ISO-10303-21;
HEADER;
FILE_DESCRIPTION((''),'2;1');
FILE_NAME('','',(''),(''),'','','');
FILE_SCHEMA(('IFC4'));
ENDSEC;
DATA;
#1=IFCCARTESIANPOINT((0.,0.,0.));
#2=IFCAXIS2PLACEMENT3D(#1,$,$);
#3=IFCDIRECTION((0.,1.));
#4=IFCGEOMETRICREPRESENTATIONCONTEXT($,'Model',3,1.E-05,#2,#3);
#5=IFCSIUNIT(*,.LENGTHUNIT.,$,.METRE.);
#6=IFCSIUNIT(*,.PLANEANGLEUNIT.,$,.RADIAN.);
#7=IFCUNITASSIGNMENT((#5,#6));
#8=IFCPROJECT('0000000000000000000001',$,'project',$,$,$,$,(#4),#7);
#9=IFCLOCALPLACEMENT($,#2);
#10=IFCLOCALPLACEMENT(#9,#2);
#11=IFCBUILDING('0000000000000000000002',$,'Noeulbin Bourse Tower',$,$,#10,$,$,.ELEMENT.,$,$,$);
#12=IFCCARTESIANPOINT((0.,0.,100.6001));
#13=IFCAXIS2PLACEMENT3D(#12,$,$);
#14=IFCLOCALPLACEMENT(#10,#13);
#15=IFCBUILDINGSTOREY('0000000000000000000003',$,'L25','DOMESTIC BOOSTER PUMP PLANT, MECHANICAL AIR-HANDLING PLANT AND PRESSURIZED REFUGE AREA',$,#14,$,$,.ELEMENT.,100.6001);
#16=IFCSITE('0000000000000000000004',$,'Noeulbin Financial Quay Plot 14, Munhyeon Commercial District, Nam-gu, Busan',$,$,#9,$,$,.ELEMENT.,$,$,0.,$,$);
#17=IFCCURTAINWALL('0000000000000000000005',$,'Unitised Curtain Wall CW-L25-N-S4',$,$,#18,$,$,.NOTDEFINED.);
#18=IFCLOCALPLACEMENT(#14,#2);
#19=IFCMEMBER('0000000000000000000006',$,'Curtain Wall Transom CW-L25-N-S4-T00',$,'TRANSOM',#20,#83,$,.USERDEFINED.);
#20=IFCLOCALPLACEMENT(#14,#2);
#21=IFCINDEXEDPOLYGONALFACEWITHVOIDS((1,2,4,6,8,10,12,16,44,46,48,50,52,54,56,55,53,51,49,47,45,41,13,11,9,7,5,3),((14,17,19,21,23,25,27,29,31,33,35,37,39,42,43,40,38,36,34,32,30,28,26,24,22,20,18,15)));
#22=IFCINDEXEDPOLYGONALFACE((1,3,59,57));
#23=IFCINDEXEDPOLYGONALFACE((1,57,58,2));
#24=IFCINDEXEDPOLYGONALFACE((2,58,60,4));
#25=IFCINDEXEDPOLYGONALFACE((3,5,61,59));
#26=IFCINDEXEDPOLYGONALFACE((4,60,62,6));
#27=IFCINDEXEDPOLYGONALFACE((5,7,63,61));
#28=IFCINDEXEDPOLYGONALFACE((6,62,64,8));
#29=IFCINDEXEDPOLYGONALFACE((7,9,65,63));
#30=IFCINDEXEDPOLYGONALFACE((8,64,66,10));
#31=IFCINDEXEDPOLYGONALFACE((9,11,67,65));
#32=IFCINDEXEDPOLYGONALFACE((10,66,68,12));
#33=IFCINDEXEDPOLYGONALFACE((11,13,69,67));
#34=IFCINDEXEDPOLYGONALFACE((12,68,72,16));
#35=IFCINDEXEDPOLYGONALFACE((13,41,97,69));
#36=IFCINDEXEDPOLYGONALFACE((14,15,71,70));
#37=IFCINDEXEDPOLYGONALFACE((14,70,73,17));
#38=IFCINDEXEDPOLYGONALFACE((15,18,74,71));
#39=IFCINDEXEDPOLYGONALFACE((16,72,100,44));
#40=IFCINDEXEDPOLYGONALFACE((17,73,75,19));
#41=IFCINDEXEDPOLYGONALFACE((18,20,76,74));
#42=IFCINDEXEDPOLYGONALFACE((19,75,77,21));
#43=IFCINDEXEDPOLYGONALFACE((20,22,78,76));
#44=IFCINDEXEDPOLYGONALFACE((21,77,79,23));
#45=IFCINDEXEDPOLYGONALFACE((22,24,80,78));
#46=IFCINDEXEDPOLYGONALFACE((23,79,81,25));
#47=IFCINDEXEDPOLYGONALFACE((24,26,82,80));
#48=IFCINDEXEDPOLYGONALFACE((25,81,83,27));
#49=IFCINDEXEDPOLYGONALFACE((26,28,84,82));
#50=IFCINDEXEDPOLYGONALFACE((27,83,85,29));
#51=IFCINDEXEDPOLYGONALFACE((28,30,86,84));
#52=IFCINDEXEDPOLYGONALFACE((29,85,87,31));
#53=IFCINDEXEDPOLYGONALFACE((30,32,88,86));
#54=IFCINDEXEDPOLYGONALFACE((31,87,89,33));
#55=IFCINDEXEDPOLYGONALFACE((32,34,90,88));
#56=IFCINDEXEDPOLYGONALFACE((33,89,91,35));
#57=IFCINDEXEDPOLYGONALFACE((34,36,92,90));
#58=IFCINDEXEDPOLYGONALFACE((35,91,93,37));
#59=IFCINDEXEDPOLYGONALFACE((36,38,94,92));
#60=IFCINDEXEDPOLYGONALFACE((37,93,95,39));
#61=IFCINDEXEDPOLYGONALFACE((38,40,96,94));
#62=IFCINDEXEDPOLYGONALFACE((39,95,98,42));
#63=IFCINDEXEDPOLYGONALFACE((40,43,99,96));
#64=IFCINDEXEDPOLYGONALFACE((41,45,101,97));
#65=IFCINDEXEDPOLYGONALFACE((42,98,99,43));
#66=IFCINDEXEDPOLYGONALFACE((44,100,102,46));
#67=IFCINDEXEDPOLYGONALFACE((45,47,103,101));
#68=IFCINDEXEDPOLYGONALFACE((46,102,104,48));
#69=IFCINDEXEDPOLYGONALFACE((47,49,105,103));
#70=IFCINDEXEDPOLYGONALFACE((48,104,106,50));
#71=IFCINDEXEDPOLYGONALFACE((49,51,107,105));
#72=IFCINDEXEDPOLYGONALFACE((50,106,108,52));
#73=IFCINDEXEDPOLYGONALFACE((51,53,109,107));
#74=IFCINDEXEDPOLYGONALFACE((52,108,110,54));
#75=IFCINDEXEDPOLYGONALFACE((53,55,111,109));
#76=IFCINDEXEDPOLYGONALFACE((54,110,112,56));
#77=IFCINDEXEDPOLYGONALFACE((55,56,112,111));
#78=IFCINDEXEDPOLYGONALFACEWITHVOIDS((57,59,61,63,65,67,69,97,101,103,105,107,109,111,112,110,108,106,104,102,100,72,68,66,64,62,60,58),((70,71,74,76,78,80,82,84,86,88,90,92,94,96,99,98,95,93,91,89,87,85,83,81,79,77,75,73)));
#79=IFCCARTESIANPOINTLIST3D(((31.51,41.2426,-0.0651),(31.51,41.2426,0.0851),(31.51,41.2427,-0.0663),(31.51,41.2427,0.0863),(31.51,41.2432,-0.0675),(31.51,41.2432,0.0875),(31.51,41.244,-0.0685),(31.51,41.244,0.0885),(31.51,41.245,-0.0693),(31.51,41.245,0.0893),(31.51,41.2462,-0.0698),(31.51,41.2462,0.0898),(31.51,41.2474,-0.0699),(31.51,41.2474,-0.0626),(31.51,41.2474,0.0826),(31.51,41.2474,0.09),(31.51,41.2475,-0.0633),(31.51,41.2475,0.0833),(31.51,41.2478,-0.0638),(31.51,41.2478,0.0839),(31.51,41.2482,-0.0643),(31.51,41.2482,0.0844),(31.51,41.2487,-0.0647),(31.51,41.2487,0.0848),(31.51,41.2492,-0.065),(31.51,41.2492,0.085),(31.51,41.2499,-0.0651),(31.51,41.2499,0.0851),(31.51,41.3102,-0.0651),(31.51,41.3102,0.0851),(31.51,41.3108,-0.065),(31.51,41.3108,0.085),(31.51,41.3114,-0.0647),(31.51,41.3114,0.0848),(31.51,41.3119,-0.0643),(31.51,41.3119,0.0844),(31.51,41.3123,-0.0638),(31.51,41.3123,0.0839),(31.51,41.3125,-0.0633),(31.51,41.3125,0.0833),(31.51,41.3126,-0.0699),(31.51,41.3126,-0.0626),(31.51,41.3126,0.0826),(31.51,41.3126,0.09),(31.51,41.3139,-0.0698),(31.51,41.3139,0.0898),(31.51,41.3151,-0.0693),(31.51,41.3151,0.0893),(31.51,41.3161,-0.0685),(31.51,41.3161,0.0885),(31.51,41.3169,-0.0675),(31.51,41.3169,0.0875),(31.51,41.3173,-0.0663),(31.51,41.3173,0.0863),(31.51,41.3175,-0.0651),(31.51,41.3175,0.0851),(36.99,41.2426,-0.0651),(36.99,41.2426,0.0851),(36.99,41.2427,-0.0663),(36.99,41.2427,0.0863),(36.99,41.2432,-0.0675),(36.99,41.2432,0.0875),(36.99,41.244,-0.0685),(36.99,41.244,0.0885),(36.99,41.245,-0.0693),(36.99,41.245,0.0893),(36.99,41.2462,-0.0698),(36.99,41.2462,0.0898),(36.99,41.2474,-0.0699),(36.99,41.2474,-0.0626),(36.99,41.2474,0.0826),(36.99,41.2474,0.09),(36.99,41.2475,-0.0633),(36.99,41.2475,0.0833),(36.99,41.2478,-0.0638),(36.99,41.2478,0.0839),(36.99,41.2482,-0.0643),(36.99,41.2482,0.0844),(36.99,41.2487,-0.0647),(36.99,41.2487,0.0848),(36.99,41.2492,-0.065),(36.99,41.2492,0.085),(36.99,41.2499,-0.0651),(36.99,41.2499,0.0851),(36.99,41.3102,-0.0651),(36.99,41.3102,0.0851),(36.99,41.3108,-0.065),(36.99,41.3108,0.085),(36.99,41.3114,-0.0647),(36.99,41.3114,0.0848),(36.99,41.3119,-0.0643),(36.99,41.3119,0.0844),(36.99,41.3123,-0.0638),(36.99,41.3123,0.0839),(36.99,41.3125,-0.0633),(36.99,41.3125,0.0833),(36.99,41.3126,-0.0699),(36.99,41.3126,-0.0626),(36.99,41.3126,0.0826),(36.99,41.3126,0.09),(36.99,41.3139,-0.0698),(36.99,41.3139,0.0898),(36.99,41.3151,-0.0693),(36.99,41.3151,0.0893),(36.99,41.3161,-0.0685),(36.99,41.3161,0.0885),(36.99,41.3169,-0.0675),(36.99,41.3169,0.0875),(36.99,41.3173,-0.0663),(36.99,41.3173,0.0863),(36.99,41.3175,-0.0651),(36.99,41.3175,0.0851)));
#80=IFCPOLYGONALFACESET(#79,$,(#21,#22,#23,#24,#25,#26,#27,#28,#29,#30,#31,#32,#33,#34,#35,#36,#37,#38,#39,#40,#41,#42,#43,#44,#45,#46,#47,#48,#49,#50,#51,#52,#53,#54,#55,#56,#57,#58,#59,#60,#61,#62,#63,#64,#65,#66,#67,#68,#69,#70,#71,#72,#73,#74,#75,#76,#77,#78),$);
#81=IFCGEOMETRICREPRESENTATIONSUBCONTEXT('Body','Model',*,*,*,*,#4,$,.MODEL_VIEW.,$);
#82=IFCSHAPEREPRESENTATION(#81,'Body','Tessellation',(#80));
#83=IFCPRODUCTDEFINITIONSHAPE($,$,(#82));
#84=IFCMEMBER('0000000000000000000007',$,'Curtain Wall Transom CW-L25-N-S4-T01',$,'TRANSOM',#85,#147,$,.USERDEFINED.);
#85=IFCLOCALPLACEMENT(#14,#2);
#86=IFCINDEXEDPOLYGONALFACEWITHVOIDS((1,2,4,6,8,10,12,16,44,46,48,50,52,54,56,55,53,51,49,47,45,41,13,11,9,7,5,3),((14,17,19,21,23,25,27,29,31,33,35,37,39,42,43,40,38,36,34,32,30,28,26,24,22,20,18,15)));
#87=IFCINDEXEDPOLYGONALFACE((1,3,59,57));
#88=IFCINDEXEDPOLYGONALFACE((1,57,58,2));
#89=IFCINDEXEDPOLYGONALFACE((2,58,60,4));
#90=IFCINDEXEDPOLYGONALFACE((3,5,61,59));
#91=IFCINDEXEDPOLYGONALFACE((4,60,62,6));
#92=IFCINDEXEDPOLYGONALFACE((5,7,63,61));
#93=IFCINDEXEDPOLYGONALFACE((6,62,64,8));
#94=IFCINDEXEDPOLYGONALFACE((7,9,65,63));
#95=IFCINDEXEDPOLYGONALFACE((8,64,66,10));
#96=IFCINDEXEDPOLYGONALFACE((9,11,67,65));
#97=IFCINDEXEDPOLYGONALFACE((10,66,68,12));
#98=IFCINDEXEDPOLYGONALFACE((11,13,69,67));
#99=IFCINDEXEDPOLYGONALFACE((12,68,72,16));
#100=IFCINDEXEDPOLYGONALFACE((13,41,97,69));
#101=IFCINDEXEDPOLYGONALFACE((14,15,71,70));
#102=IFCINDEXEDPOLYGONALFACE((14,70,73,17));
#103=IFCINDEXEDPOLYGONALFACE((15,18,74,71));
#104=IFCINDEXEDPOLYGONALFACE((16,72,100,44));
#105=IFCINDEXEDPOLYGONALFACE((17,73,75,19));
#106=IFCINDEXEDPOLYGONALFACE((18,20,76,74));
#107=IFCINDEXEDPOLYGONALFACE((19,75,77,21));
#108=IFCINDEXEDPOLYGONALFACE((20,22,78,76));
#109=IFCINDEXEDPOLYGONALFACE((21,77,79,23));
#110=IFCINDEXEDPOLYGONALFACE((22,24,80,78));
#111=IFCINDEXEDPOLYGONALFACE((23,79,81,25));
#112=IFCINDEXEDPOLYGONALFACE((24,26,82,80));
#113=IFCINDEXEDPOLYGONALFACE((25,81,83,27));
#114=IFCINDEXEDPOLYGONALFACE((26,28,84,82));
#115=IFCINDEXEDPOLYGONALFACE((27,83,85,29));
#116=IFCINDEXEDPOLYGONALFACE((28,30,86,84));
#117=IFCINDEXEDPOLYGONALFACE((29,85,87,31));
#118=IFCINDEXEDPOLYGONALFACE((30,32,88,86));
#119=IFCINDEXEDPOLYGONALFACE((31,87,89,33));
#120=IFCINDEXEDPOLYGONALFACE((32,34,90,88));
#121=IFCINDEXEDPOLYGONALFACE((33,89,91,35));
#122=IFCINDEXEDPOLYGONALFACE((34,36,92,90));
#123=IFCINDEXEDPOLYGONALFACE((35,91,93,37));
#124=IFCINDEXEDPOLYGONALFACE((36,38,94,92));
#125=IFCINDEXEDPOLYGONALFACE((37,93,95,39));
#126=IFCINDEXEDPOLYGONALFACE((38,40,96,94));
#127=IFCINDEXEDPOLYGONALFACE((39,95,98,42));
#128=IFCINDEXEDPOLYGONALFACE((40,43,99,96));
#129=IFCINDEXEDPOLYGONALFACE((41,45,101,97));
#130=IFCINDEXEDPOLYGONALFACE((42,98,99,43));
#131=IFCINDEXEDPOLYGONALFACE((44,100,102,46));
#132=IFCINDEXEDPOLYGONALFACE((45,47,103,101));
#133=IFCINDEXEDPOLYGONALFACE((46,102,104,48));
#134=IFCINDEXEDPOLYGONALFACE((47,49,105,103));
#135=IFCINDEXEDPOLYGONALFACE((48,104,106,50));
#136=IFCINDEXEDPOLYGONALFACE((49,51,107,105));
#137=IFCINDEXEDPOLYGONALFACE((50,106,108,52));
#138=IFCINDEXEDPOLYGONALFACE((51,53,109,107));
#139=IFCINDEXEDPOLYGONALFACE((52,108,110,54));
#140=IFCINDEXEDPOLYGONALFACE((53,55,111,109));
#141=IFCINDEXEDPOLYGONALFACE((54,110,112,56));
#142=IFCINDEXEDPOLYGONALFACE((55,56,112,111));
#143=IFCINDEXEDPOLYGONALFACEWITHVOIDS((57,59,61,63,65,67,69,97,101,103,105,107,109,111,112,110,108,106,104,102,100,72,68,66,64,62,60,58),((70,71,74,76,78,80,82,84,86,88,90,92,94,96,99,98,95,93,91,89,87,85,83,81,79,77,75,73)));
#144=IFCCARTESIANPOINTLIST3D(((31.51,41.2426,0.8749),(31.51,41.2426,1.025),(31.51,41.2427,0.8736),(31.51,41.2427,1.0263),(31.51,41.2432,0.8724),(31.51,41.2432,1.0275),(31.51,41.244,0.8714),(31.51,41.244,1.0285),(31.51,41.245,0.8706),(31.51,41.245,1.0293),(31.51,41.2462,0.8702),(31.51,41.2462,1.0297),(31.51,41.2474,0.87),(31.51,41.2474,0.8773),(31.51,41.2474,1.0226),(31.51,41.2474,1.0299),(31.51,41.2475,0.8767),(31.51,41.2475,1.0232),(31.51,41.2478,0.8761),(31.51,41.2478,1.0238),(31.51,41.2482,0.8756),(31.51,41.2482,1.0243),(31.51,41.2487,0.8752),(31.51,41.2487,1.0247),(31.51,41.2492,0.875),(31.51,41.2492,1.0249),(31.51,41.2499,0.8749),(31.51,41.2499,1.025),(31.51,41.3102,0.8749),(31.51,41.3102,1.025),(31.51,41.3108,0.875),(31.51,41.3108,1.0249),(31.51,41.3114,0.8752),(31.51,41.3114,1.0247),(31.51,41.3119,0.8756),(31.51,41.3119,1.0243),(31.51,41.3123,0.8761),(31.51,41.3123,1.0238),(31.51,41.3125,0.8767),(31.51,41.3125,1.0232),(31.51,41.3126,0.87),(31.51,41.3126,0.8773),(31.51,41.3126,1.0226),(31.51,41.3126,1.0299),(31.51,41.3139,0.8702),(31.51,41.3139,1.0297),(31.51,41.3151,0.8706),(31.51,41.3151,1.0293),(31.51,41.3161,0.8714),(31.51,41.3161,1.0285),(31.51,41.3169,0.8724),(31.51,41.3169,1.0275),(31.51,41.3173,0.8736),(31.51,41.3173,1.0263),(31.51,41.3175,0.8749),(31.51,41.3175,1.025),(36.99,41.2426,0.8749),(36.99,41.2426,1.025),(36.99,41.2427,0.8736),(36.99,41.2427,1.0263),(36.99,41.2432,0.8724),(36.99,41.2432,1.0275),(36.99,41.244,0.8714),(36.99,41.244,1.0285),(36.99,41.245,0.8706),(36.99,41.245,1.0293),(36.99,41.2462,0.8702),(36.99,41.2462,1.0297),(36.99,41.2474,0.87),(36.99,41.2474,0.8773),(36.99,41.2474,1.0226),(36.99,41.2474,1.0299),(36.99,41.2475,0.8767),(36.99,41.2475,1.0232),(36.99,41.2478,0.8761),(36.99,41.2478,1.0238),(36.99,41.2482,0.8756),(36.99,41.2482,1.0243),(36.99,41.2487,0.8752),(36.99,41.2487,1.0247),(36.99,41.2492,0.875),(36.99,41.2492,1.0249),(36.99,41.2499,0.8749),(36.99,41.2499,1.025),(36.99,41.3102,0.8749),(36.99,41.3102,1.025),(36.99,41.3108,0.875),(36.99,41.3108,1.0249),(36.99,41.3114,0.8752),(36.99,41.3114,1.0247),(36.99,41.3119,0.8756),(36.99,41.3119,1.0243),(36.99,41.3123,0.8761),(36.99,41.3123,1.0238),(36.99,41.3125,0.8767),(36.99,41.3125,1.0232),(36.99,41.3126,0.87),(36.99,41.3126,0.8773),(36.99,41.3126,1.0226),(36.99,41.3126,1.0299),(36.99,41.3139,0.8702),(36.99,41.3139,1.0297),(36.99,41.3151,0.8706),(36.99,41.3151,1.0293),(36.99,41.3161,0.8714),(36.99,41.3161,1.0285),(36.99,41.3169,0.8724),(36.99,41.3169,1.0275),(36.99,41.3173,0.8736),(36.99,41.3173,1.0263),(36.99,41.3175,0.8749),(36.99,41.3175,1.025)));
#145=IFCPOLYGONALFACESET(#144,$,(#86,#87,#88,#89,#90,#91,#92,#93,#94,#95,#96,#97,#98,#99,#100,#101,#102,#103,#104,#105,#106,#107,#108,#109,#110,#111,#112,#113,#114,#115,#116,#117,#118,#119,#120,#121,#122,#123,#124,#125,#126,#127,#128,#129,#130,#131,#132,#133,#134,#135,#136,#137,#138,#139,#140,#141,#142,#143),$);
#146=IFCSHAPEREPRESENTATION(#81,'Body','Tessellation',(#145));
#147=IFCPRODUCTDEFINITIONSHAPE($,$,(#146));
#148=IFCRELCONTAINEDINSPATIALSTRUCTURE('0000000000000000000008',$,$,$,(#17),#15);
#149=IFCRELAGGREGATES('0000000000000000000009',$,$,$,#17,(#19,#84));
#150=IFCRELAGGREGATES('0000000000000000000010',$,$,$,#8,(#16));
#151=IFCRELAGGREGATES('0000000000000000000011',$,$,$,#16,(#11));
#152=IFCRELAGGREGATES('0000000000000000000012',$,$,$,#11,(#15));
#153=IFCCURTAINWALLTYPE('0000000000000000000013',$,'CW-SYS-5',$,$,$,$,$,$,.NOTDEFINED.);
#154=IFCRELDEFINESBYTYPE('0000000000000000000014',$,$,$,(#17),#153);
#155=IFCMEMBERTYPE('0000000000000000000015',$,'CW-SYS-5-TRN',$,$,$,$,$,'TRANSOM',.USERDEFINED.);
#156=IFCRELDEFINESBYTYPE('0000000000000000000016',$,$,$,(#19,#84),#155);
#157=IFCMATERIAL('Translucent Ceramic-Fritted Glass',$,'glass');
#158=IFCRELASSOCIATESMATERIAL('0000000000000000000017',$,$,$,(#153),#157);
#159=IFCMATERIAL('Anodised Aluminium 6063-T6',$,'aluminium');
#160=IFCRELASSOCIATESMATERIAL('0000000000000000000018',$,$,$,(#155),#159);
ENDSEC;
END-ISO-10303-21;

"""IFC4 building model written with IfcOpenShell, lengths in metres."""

from ifc_helpers import new_model, si_unit, direction, frame, origin, origin_2d, place, context, subcontext, project, spatial, hollow_rectangle, extrude, material, material_profile, profile_set, type_object, element, aggregate, save


model = new_model("IFC4")

# Units and contexts
model_context = context("Model", 3, precision=1e-05, world=origin(), true_north=direction((0.0, 1.0)))
body_context = subcontext(model_context, "Body", "Model", "MODEL_VIEW")
ifc_project = project(units=[si_unit("LENGTHUNIT", "METRE"), si_unit("PLANEANGLEUNIT", "RADIAN")], contexts=[model_context])

# Site, building, storey
site_placement = place(None, origin())
site = spatial("IfcSite", under=ifc_project, at=site_placement, Name="Noeulbin Financial Quay Plot 14, Munhyeon Commercial District, Nam-gu, Busan", CompositionType="ELEMENT", RefElevation=0.0)
building_placement = place(site_placement, origin())
building = spatial("IfcBuilding", under=site, at=building_placement, Name="Noeulbin Bourse Tower", CompositionType="ELEMENT")
storey_placement = place(building_placement, frame((0.0, 0.0, 100.6001)))
storey = spatial("IfcBuildingStorey", under=building, at=storey_placement, Name="L25", Description="DOMESTIC BOOSTER PUMP PLANT, MECHANICAL AIR-HANDLING PLANT AND PRESSURIZED REFUGE AREA", CompositionType="ELEMENT", Elevation=100.6001)

# Shared definitions
ifc_material_1 = material(Name="Translucent Ceramic-Fritted Glass", Category="glass")
curtain_wall_type = type_object("IfcCurtainWallType", Name="CW-SYS-5", PredefinedType="NOTDEFINED", material=ifc_material_1)
ifc_material_2 = material(Name="Anodised Aluminium 6063-T6", Category="aluminium")

# Curtain wall
curtain_wall_1_placement = place(storey_placement, origin())
curtain_wall_1 = element("IfcCurtainWall", 1, at=curtain_wall_1_placement, inside=storey, type_object=curtain_wall_type, Name="Unitised Curtain Wall CW-L25-N-S4", PredefinedType="NOTDEFINED")

# Members
ifc_material_profile_1 = material_profile(ifc_material_2, hollow_rectangle(XDim=0.075, YDim=0.1599, WallThickness=0.0049, InnerFilletRadius=0.0024, OuterFilletRadius=0.0049, at=origin_2d()), Name="ALU-TRAN-75x160x5", Category="LoadBearing")
ifc_profile_set_1 = profile_set([ifc_material_profile_1], Name="Anodised Aluminium 6063-T6")
member_type_1 = type_object("IfcMemberType", Name="CW-SYS-5-TRN", ElementType="TRANSOM", PredefinedType="USERDEFINED", material=ifc_profile_set_1)
member_1_placement = place(storey_placement, frame((31.51, 41.28, 0.01), z_axis=(1.0, 0.0, 0.0), x_axis=(0.0, 1.0, 0.0)))
member_1 = element("IfcMember", 2, at=member_1_placement, type_object=member_type_1, Name="Curtain Wall Transom CW-L25-N-S4-T00", ObjectType="TRANSOM", PredefinedType="USERDEFINED", context=body_context, shape_type="SweptSolid", body=[
    extrude(hollow_rectangle(XDim=0.075, YDim=0.1599, WallThickness=0.0049, InnerFilletRadius=0.0024, OuterFilletRadius=0.0049, at=origin_2d()), origin(), (0.0, 0.0, 1.0), 5.48),
])
member_2_placement = place(storey_placement, frame((31.51, 41.28, 0.95), z_axis=(1.0, 0.0, 0.0), x_axis=(0.0, 1.0, 0.0)))
member_2 = element("IfcMember", 3, at=member_2_placement, type_object=member_type_1, Name="Curtain Wall Transom CW-L25-N-S4-T01", ObjectType="TRANSOM", PredefinedType="USERDEFINED", context=body_context, shape_type="SweptSolid", body=[
    extrude(hollow_rectangle(XDim=0.075, YDim=0.1599, WallThickness=0.0049, InnerFilletRadius=0.0024, OuterFilletRadius=0.0049, at=origin_2d()), origin(), (0.0, 0.0, 1.0), 5.48),
])

aggregate(curtain_wall_1, [member_1, member_2])

save(model, "model.ifc")
